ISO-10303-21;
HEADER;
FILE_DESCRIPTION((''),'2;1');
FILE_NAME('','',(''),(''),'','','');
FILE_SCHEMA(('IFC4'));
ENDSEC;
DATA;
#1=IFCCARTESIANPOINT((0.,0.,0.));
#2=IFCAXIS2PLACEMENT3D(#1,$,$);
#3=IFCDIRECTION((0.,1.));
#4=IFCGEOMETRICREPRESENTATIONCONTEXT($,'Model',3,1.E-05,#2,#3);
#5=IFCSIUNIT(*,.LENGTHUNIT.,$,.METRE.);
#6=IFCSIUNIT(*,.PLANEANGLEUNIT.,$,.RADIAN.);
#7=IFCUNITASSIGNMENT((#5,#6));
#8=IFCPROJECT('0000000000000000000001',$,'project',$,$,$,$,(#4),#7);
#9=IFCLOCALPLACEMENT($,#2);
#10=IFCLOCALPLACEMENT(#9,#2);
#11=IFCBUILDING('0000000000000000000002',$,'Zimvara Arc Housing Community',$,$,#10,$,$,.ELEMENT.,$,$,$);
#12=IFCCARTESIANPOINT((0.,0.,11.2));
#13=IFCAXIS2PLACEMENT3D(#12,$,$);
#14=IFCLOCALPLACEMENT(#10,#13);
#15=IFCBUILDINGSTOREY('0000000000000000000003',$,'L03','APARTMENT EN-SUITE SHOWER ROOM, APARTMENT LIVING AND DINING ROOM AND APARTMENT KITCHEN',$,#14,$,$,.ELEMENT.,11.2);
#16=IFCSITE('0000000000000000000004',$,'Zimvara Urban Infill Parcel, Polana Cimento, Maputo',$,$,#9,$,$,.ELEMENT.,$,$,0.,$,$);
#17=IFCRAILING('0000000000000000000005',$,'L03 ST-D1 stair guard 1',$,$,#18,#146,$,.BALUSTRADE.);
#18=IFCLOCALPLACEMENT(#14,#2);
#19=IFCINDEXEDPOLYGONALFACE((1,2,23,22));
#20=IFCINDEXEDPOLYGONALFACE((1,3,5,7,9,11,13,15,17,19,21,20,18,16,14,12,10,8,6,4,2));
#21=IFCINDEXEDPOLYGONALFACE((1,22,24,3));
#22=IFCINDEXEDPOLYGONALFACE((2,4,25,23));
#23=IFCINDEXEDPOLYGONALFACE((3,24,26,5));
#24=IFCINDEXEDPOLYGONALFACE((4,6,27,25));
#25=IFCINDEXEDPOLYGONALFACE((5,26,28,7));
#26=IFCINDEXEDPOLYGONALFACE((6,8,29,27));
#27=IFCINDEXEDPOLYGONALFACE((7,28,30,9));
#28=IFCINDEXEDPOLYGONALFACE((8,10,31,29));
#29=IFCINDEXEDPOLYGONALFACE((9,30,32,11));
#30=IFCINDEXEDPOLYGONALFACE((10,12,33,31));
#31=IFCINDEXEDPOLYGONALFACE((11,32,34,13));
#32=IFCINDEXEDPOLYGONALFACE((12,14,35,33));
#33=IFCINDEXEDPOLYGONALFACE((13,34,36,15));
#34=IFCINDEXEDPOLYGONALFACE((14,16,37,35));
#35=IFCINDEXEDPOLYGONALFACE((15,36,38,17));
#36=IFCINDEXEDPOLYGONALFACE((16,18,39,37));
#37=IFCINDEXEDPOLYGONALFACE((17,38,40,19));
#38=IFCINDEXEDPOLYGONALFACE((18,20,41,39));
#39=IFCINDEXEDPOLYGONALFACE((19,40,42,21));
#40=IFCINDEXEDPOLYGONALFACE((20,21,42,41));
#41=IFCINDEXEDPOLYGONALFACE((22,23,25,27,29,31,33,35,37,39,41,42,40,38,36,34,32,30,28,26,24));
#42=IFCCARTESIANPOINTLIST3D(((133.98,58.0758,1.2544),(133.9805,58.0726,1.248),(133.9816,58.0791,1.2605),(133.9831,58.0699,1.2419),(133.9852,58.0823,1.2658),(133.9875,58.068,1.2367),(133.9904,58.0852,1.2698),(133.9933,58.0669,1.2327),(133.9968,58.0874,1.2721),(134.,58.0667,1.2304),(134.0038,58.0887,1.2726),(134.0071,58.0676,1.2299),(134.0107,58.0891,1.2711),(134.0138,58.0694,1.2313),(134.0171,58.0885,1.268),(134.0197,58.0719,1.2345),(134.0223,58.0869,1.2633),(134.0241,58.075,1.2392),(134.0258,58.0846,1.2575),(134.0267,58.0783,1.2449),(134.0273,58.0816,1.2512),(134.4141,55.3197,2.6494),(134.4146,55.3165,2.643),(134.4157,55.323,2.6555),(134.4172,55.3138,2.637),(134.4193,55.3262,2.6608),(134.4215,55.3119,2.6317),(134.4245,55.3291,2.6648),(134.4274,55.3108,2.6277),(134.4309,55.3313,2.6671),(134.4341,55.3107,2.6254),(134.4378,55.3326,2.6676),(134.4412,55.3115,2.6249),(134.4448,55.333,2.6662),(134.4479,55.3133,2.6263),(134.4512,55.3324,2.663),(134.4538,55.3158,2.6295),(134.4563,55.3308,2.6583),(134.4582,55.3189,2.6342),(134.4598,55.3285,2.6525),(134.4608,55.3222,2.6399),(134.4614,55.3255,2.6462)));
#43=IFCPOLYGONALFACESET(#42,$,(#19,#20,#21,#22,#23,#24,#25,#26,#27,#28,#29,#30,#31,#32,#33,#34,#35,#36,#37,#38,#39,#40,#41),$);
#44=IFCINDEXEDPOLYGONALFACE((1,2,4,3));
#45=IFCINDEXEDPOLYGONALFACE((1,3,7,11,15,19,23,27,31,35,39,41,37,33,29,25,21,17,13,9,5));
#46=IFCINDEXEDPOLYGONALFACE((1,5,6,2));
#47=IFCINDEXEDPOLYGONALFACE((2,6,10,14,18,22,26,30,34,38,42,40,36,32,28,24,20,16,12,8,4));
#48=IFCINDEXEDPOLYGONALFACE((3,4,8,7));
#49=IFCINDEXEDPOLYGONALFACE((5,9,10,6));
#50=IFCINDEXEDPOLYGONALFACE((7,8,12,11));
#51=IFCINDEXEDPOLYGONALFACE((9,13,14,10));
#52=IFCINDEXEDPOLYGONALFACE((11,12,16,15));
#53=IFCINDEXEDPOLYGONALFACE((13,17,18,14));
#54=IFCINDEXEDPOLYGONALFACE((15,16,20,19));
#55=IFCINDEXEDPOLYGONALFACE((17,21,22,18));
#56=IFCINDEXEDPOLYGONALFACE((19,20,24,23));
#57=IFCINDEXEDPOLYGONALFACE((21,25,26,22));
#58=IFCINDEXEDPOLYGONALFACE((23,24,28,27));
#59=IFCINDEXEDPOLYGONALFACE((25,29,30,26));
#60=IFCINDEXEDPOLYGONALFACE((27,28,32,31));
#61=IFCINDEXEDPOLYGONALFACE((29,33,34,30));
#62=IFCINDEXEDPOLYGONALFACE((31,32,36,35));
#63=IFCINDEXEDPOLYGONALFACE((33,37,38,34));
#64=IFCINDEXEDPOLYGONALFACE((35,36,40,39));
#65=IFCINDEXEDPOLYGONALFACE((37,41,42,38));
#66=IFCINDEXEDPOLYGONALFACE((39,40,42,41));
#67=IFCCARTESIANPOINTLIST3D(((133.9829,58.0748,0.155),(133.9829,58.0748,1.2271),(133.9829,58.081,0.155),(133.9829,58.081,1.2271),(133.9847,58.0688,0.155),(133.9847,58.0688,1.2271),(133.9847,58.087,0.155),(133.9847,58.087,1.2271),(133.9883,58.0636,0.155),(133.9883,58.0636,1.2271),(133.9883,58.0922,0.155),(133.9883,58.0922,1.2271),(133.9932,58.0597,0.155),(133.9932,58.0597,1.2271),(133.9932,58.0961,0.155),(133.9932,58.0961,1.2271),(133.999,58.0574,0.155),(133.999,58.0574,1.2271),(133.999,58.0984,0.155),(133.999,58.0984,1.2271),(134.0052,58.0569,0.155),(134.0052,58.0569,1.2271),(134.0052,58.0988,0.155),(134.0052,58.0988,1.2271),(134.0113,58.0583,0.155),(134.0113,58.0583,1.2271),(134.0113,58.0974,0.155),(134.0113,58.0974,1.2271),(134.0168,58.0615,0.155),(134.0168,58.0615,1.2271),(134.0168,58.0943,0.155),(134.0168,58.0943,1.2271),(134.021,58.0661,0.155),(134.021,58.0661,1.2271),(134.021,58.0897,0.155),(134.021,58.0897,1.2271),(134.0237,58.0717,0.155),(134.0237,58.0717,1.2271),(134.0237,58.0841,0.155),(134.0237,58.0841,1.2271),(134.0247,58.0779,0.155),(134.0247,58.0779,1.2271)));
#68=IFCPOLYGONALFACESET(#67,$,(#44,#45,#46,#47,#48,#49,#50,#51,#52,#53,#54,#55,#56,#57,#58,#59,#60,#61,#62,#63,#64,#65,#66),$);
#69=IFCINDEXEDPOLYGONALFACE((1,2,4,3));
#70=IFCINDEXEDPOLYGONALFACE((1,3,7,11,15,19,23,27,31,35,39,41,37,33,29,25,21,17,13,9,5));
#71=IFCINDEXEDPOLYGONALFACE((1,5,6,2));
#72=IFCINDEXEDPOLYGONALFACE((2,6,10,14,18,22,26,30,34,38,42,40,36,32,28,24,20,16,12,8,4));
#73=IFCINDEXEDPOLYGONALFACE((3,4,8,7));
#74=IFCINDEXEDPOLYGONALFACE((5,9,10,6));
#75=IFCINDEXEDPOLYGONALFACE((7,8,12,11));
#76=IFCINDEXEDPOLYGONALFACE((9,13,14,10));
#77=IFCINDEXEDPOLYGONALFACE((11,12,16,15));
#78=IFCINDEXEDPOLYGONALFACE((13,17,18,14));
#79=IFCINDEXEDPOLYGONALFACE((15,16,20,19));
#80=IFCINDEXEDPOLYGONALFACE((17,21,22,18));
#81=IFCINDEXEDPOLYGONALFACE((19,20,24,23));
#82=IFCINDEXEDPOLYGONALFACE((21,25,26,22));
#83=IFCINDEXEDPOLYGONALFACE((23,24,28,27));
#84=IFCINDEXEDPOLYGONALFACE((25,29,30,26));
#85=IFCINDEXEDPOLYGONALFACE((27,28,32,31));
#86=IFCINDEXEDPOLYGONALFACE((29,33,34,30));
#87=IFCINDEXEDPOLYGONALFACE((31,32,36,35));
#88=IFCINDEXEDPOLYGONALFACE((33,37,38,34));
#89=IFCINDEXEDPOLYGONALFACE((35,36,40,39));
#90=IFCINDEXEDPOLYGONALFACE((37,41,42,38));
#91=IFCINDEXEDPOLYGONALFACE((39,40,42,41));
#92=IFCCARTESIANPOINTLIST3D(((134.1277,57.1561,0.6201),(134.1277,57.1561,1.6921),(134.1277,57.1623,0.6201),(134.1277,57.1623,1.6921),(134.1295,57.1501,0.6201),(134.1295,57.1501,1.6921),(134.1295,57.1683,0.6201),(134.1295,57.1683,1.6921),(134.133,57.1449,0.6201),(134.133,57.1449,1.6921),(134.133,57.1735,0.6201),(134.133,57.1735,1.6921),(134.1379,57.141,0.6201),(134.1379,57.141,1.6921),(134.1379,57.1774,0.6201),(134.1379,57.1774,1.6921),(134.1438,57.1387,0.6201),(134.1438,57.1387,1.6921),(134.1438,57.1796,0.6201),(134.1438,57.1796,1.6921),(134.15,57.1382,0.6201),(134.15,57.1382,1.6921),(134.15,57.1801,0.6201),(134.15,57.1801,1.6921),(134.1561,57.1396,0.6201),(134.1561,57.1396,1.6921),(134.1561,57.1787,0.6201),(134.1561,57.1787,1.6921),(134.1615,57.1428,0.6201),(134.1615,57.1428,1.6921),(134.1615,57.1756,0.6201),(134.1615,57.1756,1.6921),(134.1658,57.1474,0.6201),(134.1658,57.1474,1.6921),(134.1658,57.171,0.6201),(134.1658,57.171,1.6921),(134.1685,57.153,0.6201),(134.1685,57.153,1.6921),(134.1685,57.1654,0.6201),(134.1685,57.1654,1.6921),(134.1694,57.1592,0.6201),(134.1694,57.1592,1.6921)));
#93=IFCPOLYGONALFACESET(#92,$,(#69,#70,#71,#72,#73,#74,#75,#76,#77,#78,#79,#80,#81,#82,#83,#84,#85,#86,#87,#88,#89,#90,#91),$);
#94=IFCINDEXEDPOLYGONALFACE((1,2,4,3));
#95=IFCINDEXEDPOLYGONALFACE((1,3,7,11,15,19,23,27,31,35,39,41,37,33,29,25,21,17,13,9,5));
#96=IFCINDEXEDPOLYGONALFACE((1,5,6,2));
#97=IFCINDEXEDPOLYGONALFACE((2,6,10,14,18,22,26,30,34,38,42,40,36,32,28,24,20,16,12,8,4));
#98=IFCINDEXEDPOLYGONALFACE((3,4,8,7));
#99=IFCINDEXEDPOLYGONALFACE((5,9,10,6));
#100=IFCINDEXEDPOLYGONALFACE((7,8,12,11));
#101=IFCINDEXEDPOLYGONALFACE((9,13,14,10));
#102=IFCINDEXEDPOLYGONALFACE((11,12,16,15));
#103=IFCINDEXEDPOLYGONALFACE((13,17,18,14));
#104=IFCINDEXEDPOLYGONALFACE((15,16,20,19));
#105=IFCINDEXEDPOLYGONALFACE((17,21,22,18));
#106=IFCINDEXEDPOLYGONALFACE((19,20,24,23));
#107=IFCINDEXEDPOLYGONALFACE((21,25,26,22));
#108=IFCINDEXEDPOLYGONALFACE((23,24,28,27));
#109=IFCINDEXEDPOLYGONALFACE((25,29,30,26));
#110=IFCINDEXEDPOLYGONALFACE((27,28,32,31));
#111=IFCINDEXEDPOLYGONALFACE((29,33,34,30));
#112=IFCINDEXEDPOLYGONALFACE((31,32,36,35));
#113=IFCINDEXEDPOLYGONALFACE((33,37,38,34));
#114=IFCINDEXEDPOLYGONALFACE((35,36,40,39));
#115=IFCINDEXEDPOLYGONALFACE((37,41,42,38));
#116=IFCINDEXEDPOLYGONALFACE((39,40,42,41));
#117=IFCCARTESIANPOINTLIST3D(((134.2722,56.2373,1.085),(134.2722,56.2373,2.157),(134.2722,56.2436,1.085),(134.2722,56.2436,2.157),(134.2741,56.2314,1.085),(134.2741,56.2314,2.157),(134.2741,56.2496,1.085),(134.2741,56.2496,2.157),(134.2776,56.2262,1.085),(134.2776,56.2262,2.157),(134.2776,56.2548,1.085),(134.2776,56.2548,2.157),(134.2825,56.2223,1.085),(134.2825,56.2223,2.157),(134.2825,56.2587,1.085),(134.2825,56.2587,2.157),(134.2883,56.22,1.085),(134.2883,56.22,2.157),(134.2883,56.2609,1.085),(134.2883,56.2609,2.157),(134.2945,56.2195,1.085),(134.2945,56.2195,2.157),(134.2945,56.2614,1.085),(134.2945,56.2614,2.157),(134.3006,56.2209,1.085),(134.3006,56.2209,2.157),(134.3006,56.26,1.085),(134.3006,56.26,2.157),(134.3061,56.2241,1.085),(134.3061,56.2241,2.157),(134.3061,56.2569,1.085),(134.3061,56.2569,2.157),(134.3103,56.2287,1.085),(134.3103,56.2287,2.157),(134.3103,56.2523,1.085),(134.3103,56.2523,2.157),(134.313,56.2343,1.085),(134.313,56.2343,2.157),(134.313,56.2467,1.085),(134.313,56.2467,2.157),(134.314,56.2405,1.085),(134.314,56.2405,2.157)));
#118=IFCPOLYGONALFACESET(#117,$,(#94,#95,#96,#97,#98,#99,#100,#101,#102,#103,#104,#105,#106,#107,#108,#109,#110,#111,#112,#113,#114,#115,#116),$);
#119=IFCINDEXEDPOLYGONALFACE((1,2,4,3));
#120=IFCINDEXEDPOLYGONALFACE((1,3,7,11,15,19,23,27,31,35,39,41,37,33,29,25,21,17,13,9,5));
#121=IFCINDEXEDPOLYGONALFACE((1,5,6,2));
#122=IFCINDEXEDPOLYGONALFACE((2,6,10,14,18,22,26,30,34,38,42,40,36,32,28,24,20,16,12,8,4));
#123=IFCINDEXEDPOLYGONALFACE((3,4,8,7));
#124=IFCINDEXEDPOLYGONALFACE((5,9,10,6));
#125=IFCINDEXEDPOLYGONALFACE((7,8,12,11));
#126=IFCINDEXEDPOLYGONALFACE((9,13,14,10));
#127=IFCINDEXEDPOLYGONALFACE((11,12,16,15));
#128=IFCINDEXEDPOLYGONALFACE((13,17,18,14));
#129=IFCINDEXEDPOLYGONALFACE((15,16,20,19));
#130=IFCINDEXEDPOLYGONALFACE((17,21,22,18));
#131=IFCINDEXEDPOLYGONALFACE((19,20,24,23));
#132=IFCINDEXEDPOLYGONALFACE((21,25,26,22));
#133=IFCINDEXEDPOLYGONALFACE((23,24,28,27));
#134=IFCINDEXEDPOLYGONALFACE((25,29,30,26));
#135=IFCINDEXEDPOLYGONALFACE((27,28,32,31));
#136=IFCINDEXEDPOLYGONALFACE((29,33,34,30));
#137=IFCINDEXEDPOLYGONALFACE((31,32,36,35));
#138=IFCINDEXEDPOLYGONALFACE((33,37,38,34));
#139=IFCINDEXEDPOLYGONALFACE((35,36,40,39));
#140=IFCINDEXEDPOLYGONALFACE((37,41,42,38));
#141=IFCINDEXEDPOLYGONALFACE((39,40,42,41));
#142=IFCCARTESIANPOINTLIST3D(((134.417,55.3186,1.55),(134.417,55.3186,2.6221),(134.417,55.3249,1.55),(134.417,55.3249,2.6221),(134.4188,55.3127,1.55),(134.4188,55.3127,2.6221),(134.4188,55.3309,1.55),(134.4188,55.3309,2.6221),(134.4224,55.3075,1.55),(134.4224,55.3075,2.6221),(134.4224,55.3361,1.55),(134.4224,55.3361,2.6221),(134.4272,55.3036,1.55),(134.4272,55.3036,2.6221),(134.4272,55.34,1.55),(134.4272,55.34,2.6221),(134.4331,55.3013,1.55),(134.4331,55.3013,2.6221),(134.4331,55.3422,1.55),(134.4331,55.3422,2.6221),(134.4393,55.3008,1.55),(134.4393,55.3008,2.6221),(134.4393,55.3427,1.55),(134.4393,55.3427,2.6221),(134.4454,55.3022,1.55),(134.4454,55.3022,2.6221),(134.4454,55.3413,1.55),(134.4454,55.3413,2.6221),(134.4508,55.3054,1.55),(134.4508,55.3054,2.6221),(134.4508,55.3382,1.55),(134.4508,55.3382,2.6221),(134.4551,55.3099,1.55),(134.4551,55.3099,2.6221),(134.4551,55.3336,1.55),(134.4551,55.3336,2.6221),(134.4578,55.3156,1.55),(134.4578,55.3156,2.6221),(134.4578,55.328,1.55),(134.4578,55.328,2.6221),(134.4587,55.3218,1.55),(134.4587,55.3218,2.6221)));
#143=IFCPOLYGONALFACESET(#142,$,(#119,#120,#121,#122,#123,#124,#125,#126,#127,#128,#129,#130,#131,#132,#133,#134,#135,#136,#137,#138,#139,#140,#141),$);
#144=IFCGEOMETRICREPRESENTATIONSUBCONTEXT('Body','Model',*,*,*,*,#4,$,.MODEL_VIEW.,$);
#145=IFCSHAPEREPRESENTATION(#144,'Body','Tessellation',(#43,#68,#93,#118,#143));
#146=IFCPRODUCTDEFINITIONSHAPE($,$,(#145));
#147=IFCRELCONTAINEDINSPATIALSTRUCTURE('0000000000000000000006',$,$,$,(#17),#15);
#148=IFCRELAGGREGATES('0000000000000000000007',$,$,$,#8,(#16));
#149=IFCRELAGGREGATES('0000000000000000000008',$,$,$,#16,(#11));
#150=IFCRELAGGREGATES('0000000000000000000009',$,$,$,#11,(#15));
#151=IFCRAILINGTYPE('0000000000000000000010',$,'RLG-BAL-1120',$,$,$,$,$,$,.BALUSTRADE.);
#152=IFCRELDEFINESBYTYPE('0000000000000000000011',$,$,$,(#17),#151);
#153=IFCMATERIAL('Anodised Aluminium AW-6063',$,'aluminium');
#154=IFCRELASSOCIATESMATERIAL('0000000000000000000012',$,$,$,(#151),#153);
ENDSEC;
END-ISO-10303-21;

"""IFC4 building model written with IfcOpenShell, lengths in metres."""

from ifc_helpers import new_model, si_unit, direction, frame, origin, origin_2d, place, context, subcontext, project, spatial, circle, extrude, material, type_object, element, save


model = new_model("IFC4")

# Units and contexts
model_context = context("Model", 3, precision=1e-05, world=origin(), true_north=direction((0.0, 1.0)))
body_context = subcontext(model_context, "Body", "Model", "MODEL_VIEW")
ifc_project = project(units=[si_unit("LENGTHUNIT", "METRE"), si_unit("PLANEANGLEUNIT", "RADIAN")], contexts=[model_context])

# Site, building, storey
site_placement = place(None, origin())
site = spatial("IfcSite", under=ifc_project, at=site_placement, Name="Zimvara Urban Infill Parcel, Polana Cimento, Maputo", CompositionType="ELEMENT", RefElevation=0.0)
building_placement = place(site_placement, origin())
building = spatial("IfcBuilding", under=site, at=building_placement, Name="Zimvara Arc Housing Community", CompositionType="ELEMENT")
storey_placement = place(building_placement, frame((0.0, 0.0, 11.2)))
storey = spatial("IfcBuildingStorey", under=building, at=storey_placement, Name="L03", Description="APARTMENT EN-SUITE SHOWER ROOM, APARTMENT LIVING AND DINING ROOM AND APARTMENT KITCHEN", CompositionType="ELEMENT", Elevation=11.2)

# Railing
ifc_material_1 = material(Name="Anodised Aluminium AW-6063", Category="aluminium")
railing_type_1 = type_object("IfcRailingType", Name="RLG-BAL-1120", PredefinedType="BALUSTRADE", material=ifc_material_1)
railing_1_placement = place(storey_placement, frame((134.0037, 58.0779, 0.155)))
element("IfcRailing", 1, at=railing_1_placement, inside=storey, type_object=railing_type_1, Name="L03 ST-D1 stair guard 1", PredefinedType="BALUSTRADE", context=body_context, shape_type="SweptSolid", body=[
    extrude(circle(Radius=0.0239, at=origin_2d()), frame((0.0, 0.0, 1.0962), z_axis=(0.139156, -0.883538, 0.447209), x_axis=(0.987823, 0.155581, 0.0)), (0.0, 0.0, 1.0), 3.1194),
    extrude(circle(Radius=0.021, at=origin_2d()), origin(), (0.0, 0.0, 1.0), 1.072),
    extrude(circle(Radius=0.021, at=origin_2d()), frame((0.1448, -0.9187, 0.4651)), (0.0, 0.0, 1.0), 1.072),
    extrude(circle(Radius=0.021, at=origin_2d()), frame((0.2893, -1.8374, 0.9299)), (0.0, 0.0, 1.0), 1.072),
    extrude(circle(Radius=0.021, at=origin_2d()), frame((0.4341, -2.7561, 1.395)), (0.0, 0.0, 1.0), 1.072),
])

save(model, "model.ifc")
